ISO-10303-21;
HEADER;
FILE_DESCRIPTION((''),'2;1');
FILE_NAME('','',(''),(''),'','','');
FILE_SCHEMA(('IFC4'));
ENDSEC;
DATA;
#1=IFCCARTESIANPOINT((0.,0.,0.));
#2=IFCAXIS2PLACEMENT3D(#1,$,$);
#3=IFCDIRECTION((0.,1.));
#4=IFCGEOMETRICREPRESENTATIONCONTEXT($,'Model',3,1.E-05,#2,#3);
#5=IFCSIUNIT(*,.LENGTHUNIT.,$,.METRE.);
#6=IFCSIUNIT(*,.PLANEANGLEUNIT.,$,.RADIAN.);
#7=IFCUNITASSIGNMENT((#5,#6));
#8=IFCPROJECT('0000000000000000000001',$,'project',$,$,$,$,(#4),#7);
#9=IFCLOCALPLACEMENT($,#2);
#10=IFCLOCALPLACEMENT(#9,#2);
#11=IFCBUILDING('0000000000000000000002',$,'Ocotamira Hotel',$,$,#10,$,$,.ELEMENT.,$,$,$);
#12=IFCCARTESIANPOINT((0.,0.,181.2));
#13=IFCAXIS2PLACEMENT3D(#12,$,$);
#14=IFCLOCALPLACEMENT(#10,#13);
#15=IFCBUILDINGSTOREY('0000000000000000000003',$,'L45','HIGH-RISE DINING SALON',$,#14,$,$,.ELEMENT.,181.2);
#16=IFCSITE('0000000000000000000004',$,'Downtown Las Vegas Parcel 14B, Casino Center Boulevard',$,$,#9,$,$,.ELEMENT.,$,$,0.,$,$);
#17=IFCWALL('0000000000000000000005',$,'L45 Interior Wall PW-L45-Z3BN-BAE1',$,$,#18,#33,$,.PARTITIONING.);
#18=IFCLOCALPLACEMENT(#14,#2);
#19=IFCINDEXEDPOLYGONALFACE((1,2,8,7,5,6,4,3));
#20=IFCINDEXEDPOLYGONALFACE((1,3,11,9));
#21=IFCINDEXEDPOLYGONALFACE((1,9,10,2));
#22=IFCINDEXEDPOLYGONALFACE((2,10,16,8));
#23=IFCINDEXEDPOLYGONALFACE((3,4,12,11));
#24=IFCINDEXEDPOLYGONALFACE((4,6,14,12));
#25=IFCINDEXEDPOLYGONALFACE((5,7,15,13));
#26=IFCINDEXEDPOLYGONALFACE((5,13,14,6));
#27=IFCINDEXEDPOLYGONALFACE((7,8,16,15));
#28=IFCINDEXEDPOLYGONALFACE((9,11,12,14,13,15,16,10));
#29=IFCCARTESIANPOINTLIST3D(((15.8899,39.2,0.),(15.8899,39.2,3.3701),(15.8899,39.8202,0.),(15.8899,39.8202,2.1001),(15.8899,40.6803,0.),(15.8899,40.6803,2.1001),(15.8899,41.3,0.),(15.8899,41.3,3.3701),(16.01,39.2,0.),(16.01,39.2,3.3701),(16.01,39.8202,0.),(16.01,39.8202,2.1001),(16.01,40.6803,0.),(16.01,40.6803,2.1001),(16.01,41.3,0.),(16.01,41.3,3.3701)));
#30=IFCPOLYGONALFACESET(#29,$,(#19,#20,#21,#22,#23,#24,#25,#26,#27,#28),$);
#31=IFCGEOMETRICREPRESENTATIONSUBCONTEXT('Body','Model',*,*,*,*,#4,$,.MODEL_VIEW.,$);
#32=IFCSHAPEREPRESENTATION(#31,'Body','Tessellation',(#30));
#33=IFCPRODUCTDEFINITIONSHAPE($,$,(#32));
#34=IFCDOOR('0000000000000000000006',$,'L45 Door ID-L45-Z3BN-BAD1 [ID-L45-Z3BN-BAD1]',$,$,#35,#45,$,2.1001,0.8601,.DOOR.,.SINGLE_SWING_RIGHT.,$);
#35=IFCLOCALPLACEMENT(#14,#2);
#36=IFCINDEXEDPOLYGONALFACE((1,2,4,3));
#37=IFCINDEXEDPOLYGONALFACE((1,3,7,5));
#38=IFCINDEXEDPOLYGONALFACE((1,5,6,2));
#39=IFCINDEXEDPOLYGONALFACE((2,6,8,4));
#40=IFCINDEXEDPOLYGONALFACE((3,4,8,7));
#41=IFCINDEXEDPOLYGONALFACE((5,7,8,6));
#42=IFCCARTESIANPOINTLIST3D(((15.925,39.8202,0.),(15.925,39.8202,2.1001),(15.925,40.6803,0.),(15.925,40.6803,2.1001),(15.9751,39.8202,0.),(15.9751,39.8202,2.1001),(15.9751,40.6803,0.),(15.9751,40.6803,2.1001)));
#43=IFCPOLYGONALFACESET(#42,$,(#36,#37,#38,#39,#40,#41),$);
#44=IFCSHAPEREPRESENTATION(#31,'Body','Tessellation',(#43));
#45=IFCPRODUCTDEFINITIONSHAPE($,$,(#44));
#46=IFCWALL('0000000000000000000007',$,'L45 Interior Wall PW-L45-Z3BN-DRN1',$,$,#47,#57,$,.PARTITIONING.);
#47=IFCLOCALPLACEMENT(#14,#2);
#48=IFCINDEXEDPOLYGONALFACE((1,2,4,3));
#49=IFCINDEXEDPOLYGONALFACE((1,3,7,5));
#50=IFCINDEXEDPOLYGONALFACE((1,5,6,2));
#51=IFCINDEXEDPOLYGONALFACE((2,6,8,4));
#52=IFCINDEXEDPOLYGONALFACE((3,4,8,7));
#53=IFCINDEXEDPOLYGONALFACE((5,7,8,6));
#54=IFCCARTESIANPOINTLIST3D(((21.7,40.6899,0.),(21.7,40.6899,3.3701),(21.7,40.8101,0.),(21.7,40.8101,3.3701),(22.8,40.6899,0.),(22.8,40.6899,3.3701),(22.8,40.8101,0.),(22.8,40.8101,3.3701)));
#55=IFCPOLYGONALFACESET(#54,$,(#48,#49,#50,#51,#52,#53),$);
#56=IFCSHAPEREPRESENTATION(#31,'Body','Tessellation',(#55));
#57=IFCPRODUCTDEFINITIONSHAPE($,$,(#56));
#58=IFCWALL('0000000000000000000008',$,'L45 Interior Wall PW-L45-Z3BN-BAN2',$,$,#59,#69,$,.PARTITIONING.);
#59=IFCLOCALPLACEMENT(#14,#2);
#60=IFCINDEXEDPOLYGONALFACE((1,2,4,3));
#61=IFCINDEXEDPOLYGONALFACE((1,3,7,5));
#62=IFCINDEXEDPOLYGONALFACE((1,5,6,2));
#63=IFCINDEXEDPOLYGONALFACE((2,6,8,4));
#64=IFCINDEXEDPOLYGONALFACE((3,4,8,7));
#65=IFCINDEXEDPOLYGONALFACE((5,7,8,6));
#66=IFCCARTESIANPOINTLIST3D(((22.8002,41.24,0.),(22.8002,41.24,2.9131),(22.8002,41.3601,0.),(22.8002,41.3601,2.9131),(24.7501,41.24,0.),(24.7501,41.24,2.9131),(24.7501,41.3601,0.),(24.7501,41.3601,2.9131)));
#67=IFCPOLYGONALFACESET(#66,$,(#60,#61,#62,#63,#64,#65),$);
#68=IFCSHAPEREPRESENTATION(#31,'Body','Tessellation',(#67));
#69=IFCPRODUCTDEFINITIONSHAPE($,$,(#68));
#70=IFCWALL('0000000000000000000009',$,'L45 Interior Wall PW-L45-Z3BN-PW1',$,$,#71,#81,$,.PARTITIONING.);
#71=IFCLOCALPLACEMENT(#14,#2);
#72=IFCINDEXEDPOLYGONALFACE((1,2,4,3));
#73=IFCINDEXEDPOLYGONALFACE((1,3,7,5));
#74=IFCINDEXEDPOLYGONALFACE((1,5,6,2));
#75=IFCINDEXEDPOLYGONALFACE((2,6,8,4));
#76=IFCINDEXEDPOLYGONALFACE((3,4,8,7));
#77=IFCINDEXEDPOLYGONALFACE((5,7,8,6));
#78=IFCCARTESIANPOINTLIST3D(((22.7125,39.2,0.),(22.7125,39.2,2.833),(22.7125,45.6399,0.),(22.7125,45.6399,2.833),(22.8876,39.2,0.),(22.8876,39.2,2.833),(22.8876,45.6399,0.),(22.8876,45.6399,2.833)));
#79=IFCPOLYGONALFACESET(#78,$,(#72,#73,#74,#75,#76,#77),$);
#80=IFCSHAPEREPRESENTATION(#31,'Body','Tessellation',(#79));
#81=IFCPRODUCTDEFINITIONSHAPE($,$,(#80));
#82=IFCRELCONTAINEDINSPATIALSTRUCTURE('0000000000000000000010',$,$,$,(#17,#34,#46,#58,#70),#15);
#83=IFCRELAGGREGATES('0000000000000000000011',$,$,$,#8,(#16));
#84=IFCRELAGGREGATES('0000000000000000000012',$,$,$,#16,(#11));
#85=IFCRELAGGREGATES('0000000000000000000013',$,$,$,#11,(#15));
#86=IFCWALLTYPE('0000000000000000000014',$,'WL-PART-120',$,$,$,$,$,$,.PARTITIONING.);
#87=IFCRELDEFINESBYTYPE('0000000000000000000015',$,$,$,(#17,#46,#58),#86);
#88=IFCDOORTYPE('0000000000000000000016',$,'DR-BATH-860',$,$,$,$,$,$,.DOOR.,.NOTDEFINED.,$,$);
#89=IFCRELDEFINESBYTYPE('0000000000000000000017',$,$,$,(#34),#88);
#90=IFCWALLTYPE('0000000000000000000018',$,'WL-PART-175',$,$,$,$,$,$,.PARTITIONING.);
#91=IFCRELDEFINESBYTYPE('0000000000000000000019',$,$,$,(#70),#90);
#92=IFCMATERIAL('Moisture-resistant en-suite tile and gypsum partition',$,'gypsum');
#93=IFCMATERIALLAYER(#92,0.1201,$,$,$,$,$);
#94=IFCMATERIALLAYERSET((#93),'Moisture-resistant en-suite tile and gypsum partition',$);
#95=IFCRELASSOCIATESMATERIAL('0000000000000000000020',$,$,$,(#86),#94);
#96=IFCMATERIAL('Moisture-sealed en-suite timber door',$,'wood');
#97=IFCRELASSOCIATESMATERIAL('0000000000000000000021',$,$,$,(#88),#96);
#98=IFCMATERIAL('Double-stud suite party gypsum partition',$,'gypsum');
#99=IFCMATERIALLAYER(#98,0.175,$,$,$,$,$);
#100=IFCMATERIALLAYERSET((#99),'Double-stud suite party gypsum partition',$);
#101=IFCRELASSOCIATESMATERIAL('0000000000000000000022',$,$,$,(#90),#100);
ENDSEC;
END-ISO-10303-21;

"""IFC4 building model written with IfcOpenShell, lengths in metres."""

from ifc_helpers import new_model, si_unit, direction, frame, frame_2d, origin, place, context, subcontext, project, spatial, rectangle, extrude, source, transform, mapped, material, layer, layer_set, type_object, element, fill, save


model = new_model("IFC4")

# Units and contexts
model_context = context("Model", 3, precision=1e-05, world=origin(), true_north=direction((0.0, 1.0)))
body_context = subcontext(model_context, "Body", "Model", "MODEL_VIEW")
ifc_project = project(units=[si_unit("LENGTHUNIT", "METRE"), si_unit("PLANEANGLEUNIT", "RADIAN")], contexts=[model_context])

# Site, building, storey
site_placement = place(None, origin())
site = spatial("IfcSite", under=ifc_project, at=site_placement, Name="Downtown Las Vegas Parcel 14B, Casino Center Boulevard", CompositionType="ELEMENT", RefElevation=0.0)
building_placement = place(site_placement, origin())
building = spatial("IfcBuilding", under=site, at=building_placement, Name="Ocotamira Hotel", CompositionType="ELEMENT")
storey_placement = place(building_placement, frame((0.0, 0.0, 181.2)))
storey = spatial("IfcBuildingStorey", under=building, at=storey_placement, Name="L45", Description="HIGH-RISE DINING SALON", CompositionType="ELEMENT", Elevation=181.2)

# Wall, opening, door
ifc_material_1 = material(Name="Moisture-resistant en-suite tile and gypsum partition", Category="gypsum")
ifc_layer_1 = layer(ifc_material_1, 0.1201)
ifc_layer_set_1 = layer_set([ifc_layer_1], Name="Moisture-resistant en-suite tile and gypsum partition")
wall_type_1 = type_object("IfcWallType", Name="WL-PART-120", PredefinedType="PARTITIONING", material=ifc_layer_set_1)
wall_1_placement = place(storey_placement, frame((15.95, 39.2, 0.0), z_axis=(0.0, 0.0, 1.0), x_axis=(0.0, 1.0, 0.0)))
wall_1 = element("IfcWall", 1, at=wall_1_placement, inside=storey, type_object=wall_type_1, Name="L45 Interior Wall PW-L45-Z3BN-BAE1", PredefinedType="PARTITIONING", context=body_context, shape_type="SweptSolid", body=[
    extrude(rectangle(XDim=2.1001, YDim=0.1201, at=frame_2d((1.05, 0.0))), origin(), (0.0, 0.0, 1.0), 3.3701),
])
opening_placement = place(wall_1_placement, frame((0.6201, 0.0, 0.0)))
opening = element("IfcOpeningElement", 2, at=opening_placement, cuts=wall_1, PredefinedType="OPENING", context=body_context, shape_type="SweptSolid", body=[
    extrude(rectangle(XDim=0.8601, YDim=2.1001, at=frame_2d((0.4302, 1.05))), frame((0.0, 0.0701, 0.0), z_axis=(0.0, -1.0, 0.0), x_axis=(1.0, 0.0, 0.0)), (0.0, 0.0, 1.0), 0.1401),
])
ifc_material_2 = material(Name="Moisture-sealed en-suite timber door", Category="wood")
door_type = type_object("IfcDoorType", Name="DR-BATH-860", OperationType="NOTDEFINED", PredefinedType="DOOR", material=ifc_material_2)
shared_shape_1 = source(origin(), body_context, "Body", "SweptSolid", [
    extrude(rectangle(XDim=0.8601, YDim=2.1001, at=frame_2d((0.4302, 1.05))), frame((0.0, 0.0249, 0.0), z_axis=(0.0, -1.0, 0.0), x_axis=(1.0, 0.0, 0.0)), (0.0, 0.0, 1.0), 0.05),
])
door_placement = place(opening_placement, origin())
door = element("IfcDoor", 3, at=door_placement, inside=storey, type_object=door_type, Name="L45 Door ID-L45-Z3BN-BAD1 [ID-L45-Z3BN-BAD1]", OperationType="SINGLE_SWING_RIGHT", OverallHeight=2.1001, OverallWidth=0.8601, PredefinedType="DOOR", context=body_context, shape_type="MappedRepresentation", body=[
    mapped(shared_shape_1, transform((0.0, 0.0, 0.0), scale=1.0)),
])
fill(opening, door)

# Walls
wall_2_placement = place(storey_placement, frame((21.7, 40.75, 0.0), z_axis=(0.0, 0.0, 1.0), x_axis=(1.0, 0.0, 0.0)))
element("IfcWall", 4, at=wall_2_placement, inside=storey, type_object=wall_type_1, Name="L45 Interior Wall PW-L45-Z3BN-DRN1", PredefinedType="PARTITIONING", context=body_context, shape_type="SweptSolid", body=[
    extrude(rectangle(XDim=1.1001, YDim=0.1201, at=frame_2d((0.55, 0.0))), origin(), (0.0, 0.0, 1.0), 3.3701),
])
wall_3_placement = place(storey_placement, frame((22.8, 41.3, 0.0), z_axis=(0.0, 0.0, 1.0), x_axis=(1.0, 0.0, 0.0)))
element("IfcWall", 5, at=wall_3_placement, inside=storey, type_object=wall_type_1, Name="L45 Interior Wall PW-L45-Z3BN-BAN2", PredefinedType="PARTITIONING", context=body_context, shape_type="SweptSolid", body=[
    extrude(rectangle(XDim=1.95, YDim=0.1201, at=frame_2d((0.9751, 0.0))), origin(), (0.0, 0.0, 1.0), 2.9131),
])
ifc_material_3 = material(Name="Double-stud suite party gypsum partition", Category="gypsum")
ifc_layer_2 = layer(ifc_material_3, 0.175)
ifc_layer_set_2 = layer_set([ifc_layer_2], Name="Double-stud suite party gypsum partition")
wall_type_2 = type_object("IfcWallType", Name="WL-PART-175", PredefinedType="PARTITIONING", material=ifc_layer_set_2)
wall_4_placement = place(storey_placement, frame((22.8, 39.2, 0.0), z_axis=(0.0, 0.0, 1.0), x_axis=(0.0, 1.0, 0.0)))
element("IfcWall", 6, at=wall_4_placement, inside=storey, type_object=wall_type_2, Name="L45 Interior Wall PW-L45-Z3BN-PW1", PredefinedType="PARTITIONING", context=body_context, shape_type="SweptSolid", body=[
    extrude(rectangle(XDim=6.4399, YDim=0.175, at=frame_2d((3.22, 0.0))), origin(), (0.0, 0.0, 1.0), 2.833),
])

save(model, "model.ifc")
